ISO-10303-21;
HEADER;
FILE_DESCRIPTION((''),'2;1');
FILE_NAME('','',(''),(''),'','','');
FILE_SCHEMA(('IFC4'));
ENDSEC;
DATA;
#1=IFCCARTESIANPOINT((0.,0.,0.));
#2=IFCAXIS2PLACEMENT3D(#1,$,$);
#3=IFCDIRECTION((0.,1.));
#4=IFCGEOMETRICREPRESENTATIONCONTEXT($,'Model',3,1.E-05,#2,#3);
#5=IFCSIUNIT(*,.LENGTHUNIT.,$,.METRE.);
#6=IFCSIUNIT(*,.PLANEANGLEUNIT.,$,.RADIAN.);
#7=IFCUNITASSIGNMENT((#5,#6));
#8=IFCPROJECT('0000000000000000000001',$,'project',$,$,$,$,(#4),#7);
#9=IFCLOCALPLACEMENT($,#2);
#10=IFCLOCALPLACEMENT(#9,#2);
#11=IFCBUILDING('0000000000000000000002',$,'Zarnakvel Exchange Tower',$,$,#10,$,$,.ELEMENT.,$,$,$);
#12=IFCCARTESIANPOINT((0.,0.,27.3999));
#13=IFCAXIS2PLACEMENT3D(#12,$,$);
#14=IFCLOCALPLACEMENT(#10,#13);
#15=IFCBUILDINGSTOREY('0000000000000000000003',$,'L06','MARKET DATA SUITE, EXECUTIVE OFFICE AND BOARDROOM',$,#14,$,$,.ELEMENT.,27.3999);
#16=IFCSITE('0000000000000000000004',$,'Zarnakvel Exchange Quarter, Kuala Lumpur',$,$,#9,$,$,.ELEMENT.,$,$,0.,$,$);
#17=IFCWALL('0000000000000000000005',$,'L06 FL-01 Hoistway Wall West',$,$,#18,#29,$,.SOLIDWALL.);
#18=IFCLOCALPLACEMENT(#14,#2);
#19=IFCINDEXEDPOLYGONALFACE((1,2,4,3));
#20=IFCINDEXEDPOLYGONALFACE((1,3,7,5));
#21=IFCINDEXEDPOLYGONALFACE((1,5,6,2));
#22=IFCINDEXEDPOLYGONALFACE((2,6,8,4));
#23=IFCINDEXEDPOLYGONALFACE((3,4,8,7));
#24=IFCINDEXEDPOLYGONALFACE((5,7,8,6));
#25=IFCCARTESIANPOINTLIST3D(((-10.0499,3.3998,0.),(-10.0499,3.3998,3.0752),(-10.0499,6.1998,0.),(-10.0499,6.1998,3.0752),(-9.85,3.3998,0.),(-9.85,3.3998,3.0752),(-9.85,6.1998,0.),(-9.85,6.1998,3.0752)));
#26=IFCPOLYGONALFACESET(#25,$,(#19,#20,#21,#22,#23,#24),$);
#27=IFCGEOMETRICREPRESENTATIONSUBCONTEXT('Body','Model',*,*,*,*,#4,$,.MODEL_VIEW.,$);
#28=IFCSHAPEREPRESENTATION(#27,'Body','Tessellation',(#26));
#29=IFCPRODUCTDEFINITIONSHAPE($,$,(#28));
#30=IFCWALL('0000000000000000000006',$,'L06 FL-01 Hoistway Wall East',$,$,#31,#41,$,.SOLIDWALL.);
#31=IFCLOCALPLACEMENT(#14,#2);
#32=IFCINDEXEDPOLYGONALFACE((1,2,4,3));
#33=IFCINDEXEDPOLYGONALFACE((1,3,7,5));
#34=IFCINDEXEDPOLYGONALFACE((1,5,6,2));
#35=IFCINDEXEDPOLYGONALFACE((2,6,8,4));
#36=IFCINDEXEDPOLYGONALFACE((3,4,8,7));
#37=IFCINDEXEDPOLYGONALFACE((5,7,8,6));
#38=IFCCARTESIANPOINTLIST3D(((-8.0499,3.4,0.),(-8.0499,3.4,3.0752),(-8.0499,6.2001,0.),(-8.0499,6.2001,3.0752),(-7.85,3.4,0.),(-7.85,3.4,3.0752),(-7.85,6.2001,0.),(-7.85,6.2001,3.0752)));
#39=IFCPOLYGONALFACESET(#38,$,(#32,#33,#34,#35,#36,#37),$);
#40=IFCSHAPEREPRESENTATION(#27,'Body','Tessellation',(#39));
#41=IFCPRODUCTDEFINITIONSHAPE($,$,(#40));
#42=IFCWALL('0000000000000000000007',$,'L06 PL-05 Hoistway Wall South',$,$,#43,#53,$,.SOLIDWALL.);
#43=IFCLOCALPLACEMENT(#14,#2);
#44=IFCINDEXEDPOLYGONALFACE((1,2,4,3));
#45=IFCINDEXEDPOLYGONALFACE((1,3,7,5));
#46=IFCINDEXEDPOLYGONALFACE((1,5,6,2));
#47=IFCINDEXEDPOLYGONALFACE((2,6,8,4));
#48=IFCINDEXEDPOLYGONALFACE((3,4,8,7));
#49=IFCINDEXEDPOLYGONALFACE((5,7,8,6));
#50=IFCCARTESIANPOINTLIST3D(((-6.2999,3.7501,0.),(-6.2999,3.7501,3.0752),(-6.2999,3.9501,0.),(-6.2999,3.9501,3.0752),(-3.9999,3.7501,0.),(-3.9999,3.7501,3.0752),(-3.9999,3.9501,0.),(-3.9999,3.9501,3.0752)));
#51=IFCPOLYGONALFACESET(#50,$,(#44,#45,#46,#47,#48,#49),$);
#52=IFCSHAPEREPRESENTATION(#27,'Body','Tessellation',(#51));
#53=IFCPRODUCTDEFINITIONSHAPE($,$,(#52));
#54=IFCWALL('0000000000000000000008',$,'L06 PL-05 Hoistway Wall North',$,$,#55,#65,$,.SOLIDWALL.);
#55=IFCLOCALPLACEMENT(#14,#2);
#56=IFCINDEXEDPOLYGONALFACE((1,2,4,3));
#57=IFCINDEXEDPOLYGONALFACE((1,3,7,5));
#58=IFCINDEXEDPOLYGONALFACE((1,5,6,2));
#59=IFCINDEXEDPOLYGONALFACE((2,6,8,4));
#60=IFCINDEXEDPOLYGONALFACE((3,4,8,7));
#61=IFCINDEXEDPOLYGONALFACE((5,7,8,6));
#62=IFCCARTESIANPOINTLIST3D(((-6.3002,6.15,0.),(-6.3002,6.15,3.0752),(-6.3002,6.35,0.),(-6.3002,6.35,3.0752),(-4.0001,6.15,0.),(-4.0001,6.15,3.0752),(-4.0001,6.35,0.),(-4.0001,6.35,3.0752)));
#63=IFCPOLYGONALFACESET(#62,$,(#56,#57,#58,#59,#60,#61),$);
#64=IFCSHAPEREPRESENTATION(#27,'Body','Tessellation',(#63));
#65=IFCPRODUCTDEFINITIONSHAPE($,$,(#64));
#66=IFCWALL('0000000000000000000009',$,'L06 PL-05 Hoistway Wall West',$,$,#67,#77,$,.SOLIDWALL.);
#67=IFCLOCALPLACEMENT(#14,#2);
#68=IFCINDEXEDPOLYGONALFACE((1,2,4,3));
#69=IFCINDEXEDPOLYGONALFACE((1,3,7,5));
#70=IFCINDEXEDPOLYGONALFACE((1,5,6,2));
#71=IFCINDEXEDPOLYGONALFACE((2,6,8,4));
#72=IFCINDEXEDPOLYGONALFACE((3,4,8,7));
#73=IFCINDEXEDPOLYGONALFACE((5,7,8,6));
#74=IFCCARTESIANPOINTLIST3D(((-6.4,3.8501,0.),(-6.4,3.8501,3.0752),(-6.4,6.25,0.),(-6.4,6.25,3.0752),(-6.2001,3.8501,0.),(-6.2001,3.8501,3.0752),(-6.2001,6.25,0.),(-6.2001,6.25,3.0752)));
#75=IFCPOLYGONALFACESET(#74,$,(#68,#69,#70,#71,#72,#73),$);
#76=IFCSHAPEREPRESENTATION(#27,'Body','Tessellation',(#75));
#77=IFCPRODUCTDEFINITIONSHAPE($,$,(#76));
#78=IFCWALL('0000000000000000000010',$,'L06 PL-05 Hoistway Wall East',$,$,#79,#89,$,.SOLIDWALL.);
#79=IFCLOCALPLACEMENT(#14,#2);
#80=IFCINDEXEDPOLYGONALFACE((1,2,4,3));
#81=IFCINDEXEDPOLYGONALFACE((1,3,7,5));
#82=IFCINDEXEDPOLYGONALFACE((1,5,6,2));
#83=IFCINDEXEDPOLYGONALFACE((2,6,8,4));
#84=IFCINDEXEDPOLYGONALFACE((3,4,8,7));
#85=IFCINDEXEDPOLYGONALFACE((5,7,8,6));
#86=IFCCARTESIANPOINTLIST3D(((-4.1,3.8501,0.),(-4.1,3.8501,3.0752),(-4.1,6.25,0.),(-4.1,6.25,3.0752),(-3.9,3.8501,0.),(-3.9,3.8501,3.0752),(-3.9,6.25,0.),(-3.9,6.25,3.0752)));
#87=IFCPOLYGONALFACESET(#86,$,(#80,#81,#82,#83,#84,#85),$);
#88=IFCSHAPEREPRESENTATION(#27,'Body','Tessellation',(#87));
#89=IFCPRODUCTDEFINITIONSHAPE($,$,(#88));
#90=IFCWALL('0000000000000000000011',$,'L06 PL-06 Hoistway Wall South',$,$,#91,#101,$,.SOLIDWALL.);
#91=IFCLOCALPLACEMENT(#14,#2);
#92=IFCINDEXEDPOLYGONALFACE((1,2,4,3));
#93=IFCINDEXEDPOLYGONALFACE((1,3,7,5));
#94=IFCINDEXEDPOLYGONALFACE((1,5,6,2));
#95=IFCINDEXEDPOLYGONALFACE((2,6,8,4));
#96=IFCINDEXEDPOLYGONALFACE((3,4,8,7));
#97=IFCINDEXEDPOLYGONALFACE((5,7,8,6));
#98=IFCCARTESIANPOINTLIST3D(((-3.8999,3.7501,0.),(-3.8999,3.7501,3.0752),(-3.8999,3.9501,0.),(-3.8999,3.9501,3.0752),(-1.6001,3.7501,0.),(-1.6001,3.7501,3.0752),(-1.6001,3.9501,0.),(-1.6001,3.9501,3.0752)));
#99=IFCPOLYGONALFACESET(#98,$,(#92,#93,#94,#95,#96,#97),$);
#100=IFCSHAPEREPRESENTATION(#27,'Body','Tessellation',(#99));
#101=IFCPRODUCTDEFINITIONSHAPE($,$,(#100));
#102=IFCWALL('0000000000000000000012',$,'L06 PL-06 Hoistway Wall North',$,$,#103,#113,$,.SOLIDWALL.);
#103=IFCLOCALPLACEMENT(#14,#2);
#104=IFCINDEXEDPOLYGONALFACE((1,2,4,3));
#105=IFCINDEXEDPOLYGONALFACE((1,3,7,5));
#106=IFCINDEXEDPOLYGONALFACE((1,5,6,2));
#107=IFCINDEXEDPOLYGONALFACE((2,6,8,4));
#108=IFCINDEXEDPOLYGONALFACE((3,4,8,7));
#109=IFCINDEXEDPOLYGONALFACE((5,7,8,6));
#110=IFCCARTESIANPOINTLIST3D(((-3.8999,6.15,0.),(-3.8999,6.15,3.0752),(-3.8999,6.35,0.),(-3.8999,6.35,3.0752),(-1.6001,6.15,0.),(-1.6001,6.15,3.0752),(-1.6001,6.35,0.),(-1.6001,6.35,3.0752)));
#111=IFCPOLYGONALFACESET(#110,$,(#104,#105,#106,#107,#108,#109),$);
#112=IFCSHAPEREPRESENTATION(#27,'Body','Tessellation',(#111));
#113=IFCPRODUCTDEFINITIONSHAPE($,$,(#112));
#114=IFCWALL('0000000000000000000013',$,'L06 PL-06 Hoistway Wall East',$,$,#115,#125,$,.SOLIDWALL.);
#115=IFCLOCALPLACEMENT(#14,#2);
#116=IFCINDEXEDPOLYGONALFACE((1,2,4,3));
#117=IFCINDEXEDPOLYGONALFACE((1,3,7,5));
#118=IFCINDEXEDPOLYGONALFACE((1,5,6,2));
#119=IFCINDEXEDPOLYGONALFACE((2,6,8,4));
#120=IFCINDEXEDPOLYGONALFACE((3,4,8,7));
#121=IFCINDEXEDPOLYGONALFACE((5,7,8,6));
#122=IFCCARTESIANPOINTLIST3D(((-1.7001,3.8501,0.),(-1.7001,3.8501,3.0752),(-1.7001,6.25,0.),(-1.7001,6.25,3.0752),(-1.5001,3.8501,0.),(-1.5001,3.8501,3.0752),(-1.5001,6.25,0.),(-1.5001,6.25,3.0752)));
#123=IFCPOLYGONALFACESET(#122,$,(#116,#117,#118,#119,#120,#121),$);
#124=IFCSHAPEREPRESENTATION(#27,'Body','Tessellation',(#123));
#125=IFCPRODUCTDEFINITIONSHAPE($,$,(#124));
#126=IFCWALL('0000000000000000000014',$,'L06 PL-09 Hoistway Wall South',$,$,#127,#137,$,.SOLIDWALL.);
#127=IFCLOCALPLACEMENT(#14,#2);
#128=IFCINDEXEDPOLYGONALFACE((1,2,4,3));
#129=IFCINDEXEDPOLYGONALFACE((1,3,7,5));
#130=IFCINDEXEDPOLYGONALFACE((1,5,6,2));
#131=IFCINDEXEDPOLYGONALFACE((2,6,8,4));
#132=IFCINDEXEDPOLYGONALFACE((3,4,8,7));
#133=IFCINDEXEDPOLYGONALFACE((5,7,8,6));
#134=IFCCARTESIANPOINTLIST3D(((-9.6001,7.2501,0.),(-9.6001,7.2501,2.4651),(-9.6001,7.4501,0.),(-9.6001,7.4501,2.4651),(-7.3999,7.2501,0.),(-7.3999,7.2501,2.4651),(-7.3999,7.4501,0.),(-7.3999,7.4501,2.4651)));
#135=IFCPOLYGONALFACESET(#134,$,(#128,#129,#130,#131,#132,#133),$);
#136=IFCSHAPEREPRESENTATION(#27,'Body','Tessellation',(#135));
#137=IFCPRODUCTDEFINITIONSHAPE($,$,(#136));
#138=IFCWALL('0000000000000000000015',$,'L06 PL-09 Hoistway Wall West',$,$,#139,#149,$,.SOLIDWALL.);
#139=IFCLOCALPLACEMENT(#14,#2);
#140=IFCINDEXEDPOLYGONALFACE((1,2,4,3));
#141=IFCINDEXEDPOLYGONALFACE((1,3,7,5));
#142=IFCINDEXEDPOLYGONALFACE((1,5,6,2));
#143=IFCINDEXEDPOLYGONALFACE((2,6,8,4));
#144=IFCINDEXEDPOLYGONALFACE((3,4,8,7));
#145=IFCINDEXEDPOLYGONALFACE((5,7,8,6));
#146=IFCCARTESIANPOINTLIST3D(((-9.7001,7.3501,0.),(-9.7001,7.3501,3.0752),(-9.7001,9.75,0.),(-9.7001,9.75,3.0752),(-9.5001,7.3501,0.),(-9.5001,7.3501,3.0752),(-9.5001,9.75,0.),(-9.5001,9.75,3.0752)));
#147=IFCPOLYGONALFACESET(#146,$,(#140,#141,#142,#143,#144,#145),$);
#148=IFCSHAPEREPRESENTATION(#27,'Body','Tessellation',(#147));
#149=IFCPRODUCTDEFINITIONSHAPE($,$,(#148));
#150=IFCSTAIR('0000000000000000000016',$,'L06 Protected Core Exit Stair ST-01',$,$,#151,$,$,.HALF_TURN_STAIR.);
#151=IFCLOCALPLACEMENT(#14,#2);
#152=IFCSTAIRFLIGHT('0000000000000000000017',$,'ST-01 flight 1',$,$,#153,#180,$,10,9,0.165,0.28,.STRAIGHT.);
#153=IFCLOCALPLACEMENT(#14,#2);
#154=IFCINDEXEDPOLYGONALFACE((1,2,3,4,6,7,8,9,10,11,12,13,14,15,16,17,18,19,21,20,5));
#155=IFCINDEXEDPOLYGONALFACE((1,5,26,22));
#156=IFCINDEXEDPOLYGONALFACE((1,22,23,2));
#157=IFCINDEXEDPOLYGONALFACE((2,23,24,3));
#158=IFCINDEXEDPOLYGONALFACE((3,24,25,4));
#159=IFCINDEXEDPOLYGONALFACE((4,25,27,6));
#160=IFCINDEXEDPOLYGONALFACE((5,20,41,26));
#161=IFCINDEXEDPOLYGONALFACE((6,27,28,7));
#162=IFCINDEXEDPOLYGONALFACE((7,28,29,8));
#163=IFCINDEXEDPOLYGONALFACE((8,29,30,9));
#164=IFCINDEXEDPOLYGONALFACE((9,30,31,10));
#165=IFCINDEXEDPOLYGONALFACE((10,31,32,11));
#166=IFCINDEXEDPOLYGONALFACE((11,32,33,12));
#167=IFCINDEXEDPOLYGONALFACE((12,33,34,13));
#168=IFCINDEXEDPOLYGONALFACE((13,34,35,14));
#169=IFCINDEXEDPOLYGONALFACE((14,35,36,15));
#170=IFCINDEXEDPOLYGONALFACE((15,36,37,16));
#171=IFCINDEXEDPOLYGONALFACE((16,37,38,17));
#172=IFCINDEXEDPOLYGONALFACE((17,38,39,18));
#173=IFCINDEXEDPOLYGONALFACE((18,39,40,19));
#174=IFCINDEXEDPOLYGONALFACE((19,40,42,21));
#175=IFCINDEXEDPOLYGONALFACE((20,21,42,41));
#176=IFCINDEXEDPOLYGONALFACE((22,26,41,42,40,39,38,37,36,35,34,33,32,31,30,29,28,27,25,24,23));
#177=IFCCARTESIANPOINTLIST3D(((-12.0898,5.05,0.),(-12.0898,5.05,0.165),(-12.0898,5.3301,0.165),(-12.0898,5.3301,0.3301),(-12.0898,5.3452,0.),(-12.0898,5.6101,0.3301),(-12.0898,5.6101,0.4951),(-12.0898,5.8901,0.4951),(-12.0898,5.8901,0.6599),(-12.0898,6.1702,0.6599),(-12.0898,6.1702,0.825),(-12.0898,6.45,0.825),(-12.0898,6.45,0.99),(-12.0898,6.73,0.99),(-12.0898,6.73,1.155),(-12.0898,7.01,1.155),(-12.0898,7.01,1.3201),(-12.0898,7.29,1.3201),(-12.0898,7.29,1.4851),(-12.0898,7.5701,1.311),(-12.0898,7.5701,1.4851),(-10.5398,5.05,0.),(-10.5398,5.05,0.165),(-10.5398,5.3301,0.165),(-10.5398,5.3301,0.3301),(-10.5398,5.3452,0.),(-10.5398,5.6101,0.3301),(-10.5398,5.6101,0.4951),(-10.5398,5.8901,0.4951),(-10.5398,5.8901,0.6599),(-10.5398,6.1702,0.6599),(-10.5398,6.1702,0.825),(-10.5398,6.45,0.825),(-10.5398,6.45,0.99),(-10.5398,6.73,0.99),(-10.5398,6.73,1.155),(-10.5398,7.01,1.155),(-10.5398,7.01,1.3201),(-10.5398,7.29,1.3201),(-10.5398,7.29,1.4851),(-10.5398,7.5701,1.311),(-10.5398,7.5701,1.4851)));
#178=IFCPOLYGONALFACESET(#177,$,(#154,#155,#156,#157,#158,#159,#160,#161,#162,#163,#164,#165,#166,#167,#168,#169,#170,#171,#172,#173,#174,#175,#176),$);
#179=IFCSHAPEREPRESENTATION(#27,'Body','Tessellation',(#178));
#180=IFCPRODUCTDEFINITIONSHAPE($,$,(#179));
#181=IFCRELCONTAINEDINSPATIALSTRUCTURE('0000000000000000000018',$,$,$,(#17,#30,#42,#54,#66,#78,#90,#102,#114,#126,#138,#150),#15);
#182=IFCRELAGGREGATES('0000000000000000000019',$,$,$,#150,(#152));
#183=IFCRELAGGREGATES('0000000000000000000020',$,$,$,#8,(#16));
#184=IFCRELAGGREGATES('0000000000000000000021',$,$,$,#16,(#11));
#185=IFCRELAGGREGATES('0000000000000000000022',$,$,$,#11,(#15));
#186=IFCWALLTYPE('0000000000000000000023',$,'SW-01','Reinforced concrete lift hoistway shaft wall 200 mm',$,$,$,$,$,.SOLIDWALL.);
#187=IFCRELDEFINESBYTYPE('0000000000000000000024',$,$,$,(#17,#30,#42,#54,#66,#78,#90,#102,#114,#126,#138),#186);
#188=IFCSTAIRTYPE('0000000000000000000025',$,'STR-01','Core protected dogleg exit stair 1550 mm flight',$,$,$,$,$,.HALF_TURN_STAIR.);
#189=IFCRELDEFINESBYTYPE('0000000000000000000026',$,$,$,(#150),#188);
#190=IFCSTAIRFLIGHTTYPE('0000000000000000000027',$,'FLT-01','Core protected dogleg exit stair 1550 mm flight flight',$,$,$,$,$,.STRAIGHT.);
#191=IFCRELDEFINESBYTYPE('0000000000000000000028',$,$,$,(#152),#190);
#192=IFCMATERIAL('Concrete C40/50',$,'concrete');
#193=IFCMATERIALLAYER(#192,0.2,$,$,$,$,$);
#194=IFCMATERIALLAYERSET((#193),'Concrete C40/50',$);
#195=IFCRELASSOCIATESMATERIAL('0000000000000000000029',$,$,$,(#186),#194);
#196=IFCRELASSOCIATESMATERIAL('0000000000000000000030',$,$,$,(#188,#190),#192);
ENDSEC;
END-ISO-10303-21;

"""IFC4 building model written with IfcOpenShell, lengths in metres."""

from ifc_helpers import new_model, si_unit, direction, frame, frame_2d, origin, place, context, subcontext, project, spatial, polyline, rectangle, outline, extrude, material, layer, layer_set, type_object, element, aggregate, save


model = new_model("IFC4")

# Units and contexts
model_context = context("Model", 3, precision=1e-05, world=origin(), true_north=direction((0.0, 1.0)))
body_context = subcontext(model_context, "Body", "Model", "MODEL_VIEW")
ifc_project = project(units=[si_unit("LENGTHUNIT", "METRE"), si_unit("PLANEANGLEUNIT", "RADIAN")], contexts=[model_context])

# Site, building, storey
site_placement = place(None, origin())
site = spatial("IfcSite", under=ifc_project, at=site_placement, Name="Zarnakvel Exchange Quarter, Kuala Lumpur", CompositionType="ELEMENT", RefElevation=0.0)
building_placement = place(site_placement, origin())
building = spatial("IfcBuilding", under=site, at=building_placement, Name="Zarnakvel Exchange Tower", CompositionType="ELEMENT")
storey_placement = place(building_placement, frame((0.0, 0.0, 27.3999)))
storey = spatial("IfcBuildingStorey", under=building, at=storey_placement, Name="L06", Description="MARKET DATA SUITE, EXECUTIVE OFFICE AND BOARDROOM", CompositionType="ELEMENT", Elevation=27.3999)

# Shared definitions
ifc_material_1 = material(Name="Concrete C40/50", Category="concrete")
ifc_layer_1 = layer(ifc_material_1, 0.2)
ifc_layer_set_1 = layer_set([ifc_layer_1], Name="Concrete C40/50")
wall_type_1 = type_object("IfcWallType", Name="SW-01", Description="Reinforced concrete lift hoistway shaft wall 200 mm", PredefinedType="SOLIDWALL", material=ifc_layer_set_1)

# Walls
for number, where, z_axis, x_axis, name in (
    (1, (-9.95, 3.3999, 0.0), (0.0, 0.0, 1.0), (0.0, 1.0, 0.0), "L06 FL-01 Hoistway Wall West"),
    (2, (-7.95, 6.2, 0.0), (0.0, 0.0, 1.0), (0.0, -1.0, 0.0), "L06 FL-01 Hoistway Wall East"),
):
    element("IfcWall", number, at=place(storey_placement, frame(where, z_axis=z_axis, x_axis=x_axis)), inside=storey, type_object=wall_type_1, Name=name, PredefinedType="SOLIDWALL", context=body_context, shape_type="SweptSolid", body=[
        extrude(rectangle(XDim=2.8, YDim=0.2, at=frame_2d((1.3999, 0.0))), origin(), (0.0, 0.0, 1.0), 3.0752),
    ])
for number, where, z_axis, x_axis, name in (
    (3, (-4.0, 3.8501, 0.0), (0.0, 0.0, 1.0), (-1.0, 0.0, 0.0), "L06 PL-05 Hoistway Wall South"),
    (4, (-6.3, 6.25, 0.0), (0.0, 0.0, 1.0), (1.0, 0.0, 0.0), "L06 PL-05 Hoistway Wall North"),
):
    element("IfcWall", number, at=place(storey_placement, frame(where, z_axis=z_axis, x_axis=x_axis)), inside=storey, type_object=wall_type_1, Name=name, PredefinedType="SOLIDWALL", context=body_context, shape_type="SweptSolid", body=[
        extrude(rectangle(XDim=2.3, YDim=0.2, at=frame_2d((1.1499, 0.0))), origin(), (0.0, 0.0, 1.0), 3.0752),
    ])
for number, where, z_axis, x_axis, name in (
    (5, (-6.3, 3.8501, 0.0), (0.0, 0.0, 1.0), (0.0, 1.0, 0.0), "L06 PL-05 Hoistway Wall West"),
    (6, (-4.0, 6.25, 0.0), (0.0, 0.0, 1.0), (0.0, -1.0, 0.0), "L06 PL-05 Hoistway Wall East"),
):
    element("IfcWall", number, at=place(storey_placement, frame(where, z_axis=z_axis, x_axis=x_axis)), inside=storey, type_object=wall_type_1, Name=name, PredefinedType="SOLIDWALL", context=body_context, shape_type="SweptSolid", body=[
        extrude(rectangle(XDim=2.3999, YDim=0.2, at=frame_2d((1.2, 0.0))), origin(), (0.0, 0.0, 1.0), 3.0752),
    ])
for number, where, z_axis, x_axis, name in (
    (7, (-1.6001, 3.8501, 0.0), (0.0, 0.0, 1.0), (-1.0, 0.0, 0.0), "L06 PL-06 Hoistway Wall South"),
    (8, (-3.8999, 6.25, 0.0), (0.0, 0.0, 1.0), (1.0, 0.0, 0.0), "L06 PL-06 Hoistway Wall North"),
):
    element("IfcWall", number, at=place(storey_placement, frame(where, z_axis=z_axis, x_axis=x_axis)), inside=storey, type_object=wall_type_1, Name=name, PredefinedType="SOLIDWALL", context=body_context, shape_type="SweptSolid", body=[
        extrude(rectangle(XDim=2.2998, YDim=0.2, at=frame_2d((1.1499, 0.0))), origin(), (0.0, 0.0, 1.0), 3.0752),
    ])
wall_1_placement = place(storey_placement, frame((-1.6001, 6.25, 0.0), z_axis=(0.0, 0.0, 1.0), x_axis=(0.0, -1.0, 0.0)))
element("IfcWall", 9, at=wall_1_placement, inside=storey, type_object=wall_type_1, Name="L06 PL-06 Hoistway Wall East", PredefinedType="SOLIDWALL", context=body_context, shape_type="SweptSolid", body=[
    extrude(rectangle(XDim=2.3999, YDim=0.2, at=frame_2d((1.2, 0.0))), origin(), (0.0, 0.0, 1.0), 3.0752),
])
wall_2_placement = place(storey_placement, frame((-7.3999, 7.3501, 0.0), z_axis=(0.0, 0.0, 1.0), x_axis=(-1.0, 0.0, 0.0)))
element("IfcWall", 10, at=wall_2_placement, inside=storey, type_object=wall_type_1, Name="L06 PL-09 Hoistway Wall South", PredefinedType="SOLIDWALL", context=body_context, shape_type="SweptSolid", body=[
    extrude(rectangle(XDim=2.2002, YDim=0.2, at=frame_2d((1.1001, 0.0))), origin(), (0.0, 0.0, 1.0), 2.4651),
])
wall_3_placement = place(storey_placement, frame((-9.6001, 7.3501, 0.0), z_axis=(0.0, 0.0, 1.0), x_axis=(0.0, 1.0, 0.0)))
element("IfcWall", 11, at=wall_3_placement, inside=storey, type_object=wall_type_1, Name="L06 PL-09 Hoistway Wall West", PredefinedType="SOLIDWALL", context=body_context, shape_type="SweptSolid", body=[
    extrude(rectangle(XDim=2.3999, YDim=0.2, at=frame_2d((1.2, 0.0))), origin(), (0.0, 0.0, 1.0), 3.0752),
])

# Stair, stair flight
stair_type = type_object("IfcStairType", Name="STR-01", Description="Core protected dogleg exit stair 1550 mm flight", PredefinedType="HALF_TURN_STAIR", material=ifc_material_1)
stair_placement = place(storey_placement, origin())
stair = element("IfcStair", 12, at=stair_placement, inside=storey, type_object=stair_type, Name="L06 Protected Core Exit Stair ST-01", PredefinedType="HALF_TURN_STAIR")
stair_flight_type = type_object("IfcStairFlightType", Name="FLT-01", Description="Core protected dogleg exit stair 1550 mm flight flight", PredefinedType="STRAIGHT", material=ifc_material_1)
stair_flight_placement = place(storey_placement, frame((-11.3149, 5.05, 0.0), z_axis=(0.0, 0.0, 1.0), x_axis=(0.0, 1.0, 0.0)))
stair_flight = element("IfcStairFlight", 13, at=stair_flight_placement, type_object=stair_flight_type, Name="ST-01 flight 1", NumberOfRisers=10, NumberOfTreads=9, PredefinedType="STRAIGHT", RiserHeight=0.165, TreadLength=0.28, context=body_context, shape_type="SweptSolid", body=[
    extrude(outline(polyline([(0.0, 0.0), (0.0, 0.165), (0.28, 0.165), (0.28, 0.3301), (0.5601, 0.3301), (0.5601, 0.4951), (0.8401, 0.4951), (0.8401, 0.6599), (1.1201, 0.6599), (1.1201, 0.825), (1.3999, 0.825), (1.3999, 0.99), (1.6799, 0.99), (1.6799, 1.155), (1.96, 1.155), (1.96, 1.3201), (2.24, 1.3201), (2.24, 1.4851), (2.52, 1.4851), (2.52, 1.6499), (2.52, 1.311), (0.2952, 0.0), (0.0, 0.0)])), frame((0.0, 0.7749, 0.0), z_axis=(0.0, -1.0, 0.0), x_axis=(1.0, 0.0, 0.0)), (0.0, 0.0, 1.0), 1.55),
])
aggregate(stair, [stair_flight])

save(model, "model.ifc")
